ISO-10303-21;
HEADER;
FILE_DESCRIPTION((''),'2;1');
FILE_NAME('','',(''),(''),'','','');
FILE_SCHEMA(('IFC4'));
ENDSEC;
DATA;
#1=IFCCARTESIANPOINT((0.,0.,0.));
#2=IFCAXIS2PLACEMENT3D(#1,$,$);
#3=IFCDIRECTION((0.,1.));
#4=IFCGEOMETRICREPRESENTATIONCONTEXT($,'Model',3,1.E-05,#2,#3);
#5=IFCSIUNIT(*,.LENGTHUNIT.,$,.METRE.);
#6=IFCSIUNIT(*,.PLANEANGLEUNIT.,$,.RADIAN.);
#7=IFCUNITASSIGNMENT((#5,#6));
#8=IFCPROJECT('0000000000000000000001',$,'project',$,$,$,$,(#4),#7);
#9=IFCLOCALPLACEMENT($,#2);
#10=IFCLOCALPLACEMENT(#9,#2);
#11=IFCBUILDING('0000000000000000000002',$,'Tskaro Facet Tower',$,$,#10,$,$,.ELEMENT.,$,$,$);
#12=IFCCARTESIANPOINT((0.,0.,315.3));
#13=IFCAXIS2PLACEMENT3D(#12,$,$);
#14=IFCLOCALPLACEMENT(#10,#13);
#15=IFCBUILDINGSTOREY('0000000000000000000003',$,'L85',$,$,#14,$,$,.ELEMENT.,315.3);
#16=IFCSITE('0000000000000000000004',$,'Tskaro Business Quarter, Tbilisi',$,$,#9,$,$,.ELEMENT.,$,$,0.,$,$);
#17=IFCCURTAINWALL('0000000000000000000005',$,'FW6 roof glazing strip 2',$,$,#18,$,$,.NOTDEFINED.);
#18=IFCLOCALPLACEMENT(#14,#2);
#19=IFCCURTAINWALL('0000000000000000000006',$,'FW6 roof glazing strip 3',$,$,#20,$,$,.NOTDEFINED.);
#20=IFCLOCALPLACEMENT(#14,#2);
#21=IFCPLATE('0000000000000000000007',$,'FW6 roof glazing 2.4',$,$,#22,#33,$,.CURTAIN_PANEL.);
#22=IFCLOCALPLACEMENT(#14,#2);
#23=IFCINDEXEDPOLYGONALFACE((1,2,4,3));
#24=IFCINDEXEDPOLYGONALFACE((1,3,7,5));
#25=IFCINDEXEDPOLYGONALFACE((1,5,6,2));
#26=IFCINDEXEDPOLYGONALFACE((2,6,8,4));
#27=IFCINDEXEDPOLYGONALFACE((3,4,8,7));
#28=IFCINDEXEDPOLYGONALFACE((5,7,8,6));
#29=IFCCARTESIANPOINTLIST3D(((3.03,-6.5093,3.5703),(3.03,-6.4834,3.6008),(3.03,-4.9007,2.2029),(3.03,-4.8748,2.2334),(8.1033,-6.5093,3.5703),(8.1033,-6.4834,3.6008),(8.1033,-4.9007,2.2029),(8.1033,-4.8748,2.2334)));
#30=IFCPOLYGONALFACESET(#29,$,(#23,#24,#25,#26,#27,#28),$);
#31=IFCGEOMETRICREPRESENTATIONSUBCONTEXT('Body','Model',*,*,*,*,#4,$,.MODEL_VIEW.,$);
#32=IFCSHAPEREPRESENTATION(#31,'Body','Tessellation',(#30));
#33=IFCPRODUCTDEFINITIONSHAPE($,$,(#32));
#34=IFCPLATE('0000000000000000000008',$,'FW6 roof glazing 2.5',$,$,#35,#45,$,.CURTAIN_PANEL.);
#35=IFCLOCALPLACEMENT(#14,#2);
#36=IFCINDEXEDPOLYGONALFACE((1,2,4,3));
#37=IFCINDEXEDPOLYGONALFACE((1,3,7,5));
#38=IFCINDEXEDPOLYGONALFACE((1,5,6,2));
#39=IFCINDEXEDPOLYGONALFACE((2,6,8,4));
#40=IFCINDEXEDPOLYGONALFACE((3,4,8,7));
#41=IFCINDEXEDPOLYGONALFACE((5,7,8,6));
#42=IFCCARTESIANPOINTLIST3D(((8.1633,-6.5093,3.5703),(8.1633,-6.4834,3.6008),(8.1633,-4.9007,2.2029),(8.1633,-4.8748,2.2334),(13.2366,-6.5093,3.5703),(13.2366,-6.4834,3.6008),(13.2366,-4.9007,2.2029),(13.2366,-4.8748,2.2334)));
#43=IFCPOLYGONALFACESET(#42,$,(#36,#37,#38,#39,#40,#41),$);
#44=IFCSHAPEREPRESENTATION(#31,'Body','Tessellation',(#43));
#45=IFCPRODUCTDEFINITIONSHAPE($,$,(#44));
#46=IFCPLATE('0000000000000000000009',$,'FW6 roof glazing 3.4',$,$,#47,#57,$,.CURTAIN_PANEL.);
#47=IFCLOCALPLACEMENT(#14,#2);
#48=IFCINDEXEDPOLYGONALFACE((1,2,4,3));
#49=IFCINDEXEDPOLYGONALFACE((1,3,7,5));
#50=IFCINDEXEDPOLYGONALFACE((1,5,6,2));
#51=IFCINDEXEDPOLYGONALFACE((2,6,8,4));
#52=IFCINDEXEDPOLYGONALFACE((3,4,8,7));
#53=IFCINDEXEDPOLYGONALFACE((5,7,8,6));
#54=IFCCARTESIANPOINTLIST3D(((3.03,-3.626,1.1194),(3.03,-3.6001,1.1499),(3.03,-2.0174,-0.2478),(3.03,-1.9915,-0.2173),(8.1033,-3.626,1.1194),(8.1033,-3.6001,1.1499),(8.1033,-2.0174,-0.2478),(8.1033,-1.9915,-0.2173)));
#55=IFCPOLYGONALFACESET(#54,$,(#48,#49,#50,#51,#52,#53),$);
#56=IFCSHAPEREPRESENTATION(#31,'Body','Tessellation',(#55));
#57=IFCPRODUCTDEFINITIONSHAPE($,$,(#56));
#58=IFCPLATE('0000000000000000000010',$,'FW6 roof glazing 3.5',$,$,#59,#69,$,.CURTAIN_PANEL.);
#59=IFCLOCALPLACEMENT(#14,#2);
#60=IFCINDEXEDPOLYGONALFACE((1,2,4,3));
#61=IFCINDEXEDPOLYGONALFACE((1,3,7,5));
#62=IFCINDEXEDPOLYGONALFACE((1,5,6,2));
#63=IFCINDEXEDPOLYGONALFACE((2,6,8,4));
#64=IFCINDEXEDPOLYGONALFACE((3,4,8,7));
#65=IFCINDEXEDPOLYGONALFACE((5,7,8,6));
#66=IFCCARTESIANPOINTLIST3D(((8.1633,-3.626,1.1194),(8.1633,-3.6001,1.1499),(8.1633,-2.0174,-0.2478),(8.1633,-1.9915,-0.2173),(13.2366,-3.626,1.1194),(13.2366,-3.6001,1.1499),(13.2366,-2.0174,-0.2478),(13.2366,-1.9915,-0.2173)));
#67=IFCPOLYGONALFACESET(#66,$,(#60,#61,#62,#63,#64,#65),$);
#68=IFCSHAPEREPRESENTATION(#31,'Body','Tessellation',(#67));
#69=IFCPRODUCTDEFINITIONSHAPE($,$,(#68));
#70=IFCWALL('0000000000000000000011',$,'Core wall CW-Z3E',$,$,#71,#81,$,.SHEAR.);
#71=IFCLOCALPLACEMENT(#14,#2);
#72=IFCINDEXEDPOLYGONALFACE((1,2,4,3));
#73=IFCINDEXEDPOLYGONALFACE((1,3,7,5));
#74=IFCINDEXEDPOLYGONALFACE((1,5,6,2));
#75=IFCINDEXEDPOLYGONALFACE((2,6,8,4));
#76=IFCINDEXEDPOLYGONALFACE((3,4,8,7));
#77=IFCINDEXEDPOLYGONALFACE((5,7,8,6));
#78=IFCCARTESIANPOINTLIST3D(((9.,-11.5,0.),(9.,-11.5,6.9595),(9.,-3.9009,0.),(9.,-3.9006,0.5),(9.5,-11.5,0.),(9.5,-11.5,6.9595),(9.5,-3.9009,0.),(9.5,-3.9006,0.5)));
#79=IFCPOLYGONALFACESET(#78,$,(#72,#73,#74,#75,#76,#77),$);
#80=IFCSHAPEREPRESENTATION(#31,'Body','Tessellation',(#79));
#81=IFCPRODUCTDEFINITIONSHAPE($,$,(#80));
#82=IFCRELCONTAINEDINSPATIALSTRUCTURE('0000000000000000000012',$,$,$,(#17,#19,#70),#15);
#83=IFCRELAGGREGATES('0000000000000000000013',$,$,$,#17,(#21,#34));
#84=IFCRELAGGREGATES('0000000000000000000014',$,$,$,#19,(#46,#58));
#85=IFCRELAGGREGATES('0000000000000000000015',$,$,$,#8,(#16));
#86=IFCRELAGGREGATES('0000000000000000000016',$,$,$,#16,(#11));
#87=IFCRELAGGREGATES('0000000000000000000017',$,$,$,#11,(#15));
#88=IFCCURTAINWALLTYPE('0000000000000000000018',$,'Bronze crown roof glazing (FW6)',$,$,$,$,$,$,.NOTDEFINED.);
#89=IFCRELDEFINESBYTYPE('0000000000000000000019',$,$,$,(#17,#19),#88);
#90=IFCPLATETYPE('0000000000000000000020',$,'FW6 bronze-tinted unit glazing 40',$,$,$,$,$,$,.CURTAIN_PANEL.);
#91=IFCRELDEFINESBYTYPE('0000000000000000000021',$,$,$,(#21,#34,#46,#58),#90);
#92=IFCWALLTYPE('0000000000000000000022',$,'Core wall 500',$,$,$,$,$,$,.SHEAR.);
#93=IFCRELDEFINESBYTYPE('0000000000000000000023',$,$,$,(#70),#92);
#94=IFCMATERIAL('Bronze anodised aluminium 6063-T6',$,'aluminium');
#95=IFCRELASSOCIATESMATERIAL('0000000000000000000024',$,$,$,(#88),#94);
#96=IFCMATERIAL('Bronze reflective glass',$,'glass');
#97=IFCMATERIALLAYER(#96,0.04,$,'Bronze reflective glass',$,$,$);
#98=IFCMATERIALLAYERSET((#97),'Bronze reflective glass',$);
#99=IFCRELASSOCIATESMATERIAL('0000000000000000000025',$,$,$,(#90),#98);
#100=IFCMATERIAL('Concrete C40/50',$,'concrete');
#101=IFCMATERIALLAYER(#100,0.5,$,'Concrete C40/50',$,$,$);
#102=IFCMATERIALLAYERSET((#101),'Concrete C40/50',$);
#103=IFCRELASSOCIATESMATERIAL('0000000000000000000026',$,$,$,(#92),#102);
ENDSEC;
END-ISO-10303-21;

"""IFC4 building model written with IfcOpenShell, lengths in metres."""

from ifc_helpers import new_model, si_unit, direction, frame, origin, place, context, subcontext, project, spatial, polyline, outline, extrude, material, layer, layer_set, type_object, element, aggregate, save


model = new_model("IFC4")

# Units and contexts
model_context = context("Model", 3, precision=1e-05, world=origin(), true_north=direction((0.0, 1.0)))
body_context = subcontext(model_context, "Body", "Model", "MODEL_VIEW")
ifc_project = project(units=[si_unit("LENGTHUNIT", "METRE"), si_unit("PLANEANGLEUNIT", "RADIAN")], contexts=[model_context])

# Site, building, storey
site_placement = place(None, origin())
site = spatial("IfcSite", under=ifc_project, at=site_placement, Name="Tskaro Business Quarter, Tbilisi", CompositionType="ELEMENT", RefElevation=0.0)
building_placement = place(site_placement, origin())
building = spatial("IfcBuilding", under=site, at=building_placement, Name="Tskaro Facet Tower", CompositionType="ELEMENT")
storey_placement = place(building_placement, frame((0.0, 0.0, 315.3)))
storey = spatial("IfcBuildingStorey", under=building, at=storey_placement, Name="L85", CompositionType="ELEMENT", Elevation=315.3)

# Curtain walls
ifc_material_1 = material(Name="Bronze anodised aluminium 6063-T6", Category="aluminium")
curtain_wall_type_1 = type_object("IfcCurtainWallType", Name="Bronze crown roof glazing (FW6)", PredefinedType="NOTDEFINED", material=ifc_material_1)
curtain_wall_1_placement = place(storey_placement, origin())
curtain_wall_1 = element("IfcCurtainWall", 1, at=curtain_wall_1_placement, inside=storey, type_object=curtain_wall_type_1, Name="FW6 roof glazing strip 2", PredefinedType="NOTDEFINED")
curtain_wall_2_placement = place(storey_placement, origin())
curtain_wall_2 = element("IfcCurtainWall", 2, at=curtain_wall_2_placement, inside=storey, type_object=curtain_wall_type_1, Name="FW6 roof glazing strip 3", PredefinedType="NOTDEFINED")

# Plates
ifc_material_2 = material(Name="Bronze reflective glass", Category="glass")
ifc_layer_1 = layer(ifc_material_2, 0.04, Name="Bronze reflective glass")
ifc_layer_set_1 = layer_set([ifc_layer_1], Name="Bronze reflective glass")
plate_type_1 = type_object("IfcPlateType", Name="FW6 bronze-tinted unit glazing 40", PredefinedType="CURTAIN_PANEL", material=ifc_layer_set_1)
plate_1_placement = place(storey_placement, frame((3.03, -6.4834, 3.6008), z_axis=(0.0, 0.647672, 0.761919), x_axis=(1.0, 0.0, 0.0)))
plate_1 = element("IfcPlate", 3, at=plate_1_placement, type_object=plate_type_1, Name="FW6 roof glazing 2.4", PredefinedType="CURTAIN_PANEL", context=body_context, shape_type="SweptSolid", body=[
    extrude(outline(polyline([(0.0, 0.0), (5.0732, 0.0), (5.0732, 2.1113), (0.0, 2.1113), (0.0, 0.0)])), origin(), (0.0, 0.0, -1.0), 0.04),
])
plate_2_placement = place(storey_placement, frame((8.1633, -6.4834, 3.6008), z_axis=(0.0, 0.647672, 0.761919), x_axis=(1.0, 0.0, 0.0)))
plate_2 = element("IfcPlate", 4, at=plate_2_placement, type_object=plate_type_1, Name="FW6 roof glazing 2.5", PredefinedType="CURTAIN_PANEL", context=body_context, shape_type="SweptSolid", body=[
    extrude(outline(polyline([(0.0, 0.0), (5.0732, 0.0), (5.0732, 2.1113), (0.0, 2.1113), (0.0, 0.0)])), origin(), (0.0, 0.0, -1.0), 0.04),
])
aggregate(curtain_wall_1, [plate_1, plate_2])
plate_3_placement = place(storey_placement, frame((3.03, -3.6001, 1.1499), z_axis=(0.0, 0.647605, 0.761976), x_axis=(1.0, 0.0, 0.0)))
plate_3 = element("IfcPlate", 5, at=plate_3_placement, type_object=plate_type_1, Name="FW6 roof glazing 3.4", PredefinedType="CURTAIN_PANEL", context=body_context, shape_type="SweptSolid", body=[
    extrude(outline(polyline([(0.0, 0.0), (5.0732, 0.0), (5.0732, 2.1111), (0.0, 2.1111), (0.0, 0.0)])), origin(), (0.0, 0.0, -1.0), 0.04),
])
plate_4_placement = place(storey_placement, frame((8.1633, -3.6001, 1.1499), z_axis=(0.0, 0.647605, 0.761976), x_axis=(1.0, 0.0, 0.0)))
plate_4 = element("IfcPlate", 6, at=plate_4_placement, type_object=plate_type_1, Name="FW6 roof glazing 3.5", PredefinedType="CURTAIN_PANEL", context=body_context, shape_type="SweptSolid", body=[
    extrude(outline(polyline([(0.0, 0.0), (5.0732, 0.0), (5.0732, 2.1111), (0.0, 2.1111), (0.0, 0.0)])), origin(), (0.0, 0.0, -1.0), 0.04),
])
aggregate(curtain_wall_2, [plate_3, plate_4])

# Wall
ifc_material_3 = material(Name="Concrete C40/50", Category="concrete")
ifc_layer_2 = layer(ifc_material_3, 0.5, Name="Concrete C40/50")
ifc_layer_set_2 = layer_set([ifc_layer_2], Name="Concrete C40/50")
wall_type = type_object("IfcWallType", Name="Core wall 500", PredefinedType="SHEAR", material=ifc_layer_set_2)
wall_placement = place(storey_placement, frame((9.25, -11.5, 0.0), z_axis=(0.0, 0.0, 1.0), x_axis=(0.0, 1.0, 0.0)))
element("IfcWall", 7, at=wall_placement, inside=storey, type_object=wall_type, Name="Core wall CW-Z3E", PredefinedType="SHEAR", context=body_context, shape_type="SweptSolid", body=[
    extrude(outline(polyline([(0.0, 0.0), (7.5991, 0.0), (7.5994, 0.5), (0.0, 6.9595), (0.0, 0.0)])), frame((0.0, 0.25, 0.0), z_axis=(0.0, -1.0, 0.0), x_axis=(1.0, 0.0, 0.0)), (0.0, 0.0, 1.0), 0.5),
])

save(model, "model.ifc")
